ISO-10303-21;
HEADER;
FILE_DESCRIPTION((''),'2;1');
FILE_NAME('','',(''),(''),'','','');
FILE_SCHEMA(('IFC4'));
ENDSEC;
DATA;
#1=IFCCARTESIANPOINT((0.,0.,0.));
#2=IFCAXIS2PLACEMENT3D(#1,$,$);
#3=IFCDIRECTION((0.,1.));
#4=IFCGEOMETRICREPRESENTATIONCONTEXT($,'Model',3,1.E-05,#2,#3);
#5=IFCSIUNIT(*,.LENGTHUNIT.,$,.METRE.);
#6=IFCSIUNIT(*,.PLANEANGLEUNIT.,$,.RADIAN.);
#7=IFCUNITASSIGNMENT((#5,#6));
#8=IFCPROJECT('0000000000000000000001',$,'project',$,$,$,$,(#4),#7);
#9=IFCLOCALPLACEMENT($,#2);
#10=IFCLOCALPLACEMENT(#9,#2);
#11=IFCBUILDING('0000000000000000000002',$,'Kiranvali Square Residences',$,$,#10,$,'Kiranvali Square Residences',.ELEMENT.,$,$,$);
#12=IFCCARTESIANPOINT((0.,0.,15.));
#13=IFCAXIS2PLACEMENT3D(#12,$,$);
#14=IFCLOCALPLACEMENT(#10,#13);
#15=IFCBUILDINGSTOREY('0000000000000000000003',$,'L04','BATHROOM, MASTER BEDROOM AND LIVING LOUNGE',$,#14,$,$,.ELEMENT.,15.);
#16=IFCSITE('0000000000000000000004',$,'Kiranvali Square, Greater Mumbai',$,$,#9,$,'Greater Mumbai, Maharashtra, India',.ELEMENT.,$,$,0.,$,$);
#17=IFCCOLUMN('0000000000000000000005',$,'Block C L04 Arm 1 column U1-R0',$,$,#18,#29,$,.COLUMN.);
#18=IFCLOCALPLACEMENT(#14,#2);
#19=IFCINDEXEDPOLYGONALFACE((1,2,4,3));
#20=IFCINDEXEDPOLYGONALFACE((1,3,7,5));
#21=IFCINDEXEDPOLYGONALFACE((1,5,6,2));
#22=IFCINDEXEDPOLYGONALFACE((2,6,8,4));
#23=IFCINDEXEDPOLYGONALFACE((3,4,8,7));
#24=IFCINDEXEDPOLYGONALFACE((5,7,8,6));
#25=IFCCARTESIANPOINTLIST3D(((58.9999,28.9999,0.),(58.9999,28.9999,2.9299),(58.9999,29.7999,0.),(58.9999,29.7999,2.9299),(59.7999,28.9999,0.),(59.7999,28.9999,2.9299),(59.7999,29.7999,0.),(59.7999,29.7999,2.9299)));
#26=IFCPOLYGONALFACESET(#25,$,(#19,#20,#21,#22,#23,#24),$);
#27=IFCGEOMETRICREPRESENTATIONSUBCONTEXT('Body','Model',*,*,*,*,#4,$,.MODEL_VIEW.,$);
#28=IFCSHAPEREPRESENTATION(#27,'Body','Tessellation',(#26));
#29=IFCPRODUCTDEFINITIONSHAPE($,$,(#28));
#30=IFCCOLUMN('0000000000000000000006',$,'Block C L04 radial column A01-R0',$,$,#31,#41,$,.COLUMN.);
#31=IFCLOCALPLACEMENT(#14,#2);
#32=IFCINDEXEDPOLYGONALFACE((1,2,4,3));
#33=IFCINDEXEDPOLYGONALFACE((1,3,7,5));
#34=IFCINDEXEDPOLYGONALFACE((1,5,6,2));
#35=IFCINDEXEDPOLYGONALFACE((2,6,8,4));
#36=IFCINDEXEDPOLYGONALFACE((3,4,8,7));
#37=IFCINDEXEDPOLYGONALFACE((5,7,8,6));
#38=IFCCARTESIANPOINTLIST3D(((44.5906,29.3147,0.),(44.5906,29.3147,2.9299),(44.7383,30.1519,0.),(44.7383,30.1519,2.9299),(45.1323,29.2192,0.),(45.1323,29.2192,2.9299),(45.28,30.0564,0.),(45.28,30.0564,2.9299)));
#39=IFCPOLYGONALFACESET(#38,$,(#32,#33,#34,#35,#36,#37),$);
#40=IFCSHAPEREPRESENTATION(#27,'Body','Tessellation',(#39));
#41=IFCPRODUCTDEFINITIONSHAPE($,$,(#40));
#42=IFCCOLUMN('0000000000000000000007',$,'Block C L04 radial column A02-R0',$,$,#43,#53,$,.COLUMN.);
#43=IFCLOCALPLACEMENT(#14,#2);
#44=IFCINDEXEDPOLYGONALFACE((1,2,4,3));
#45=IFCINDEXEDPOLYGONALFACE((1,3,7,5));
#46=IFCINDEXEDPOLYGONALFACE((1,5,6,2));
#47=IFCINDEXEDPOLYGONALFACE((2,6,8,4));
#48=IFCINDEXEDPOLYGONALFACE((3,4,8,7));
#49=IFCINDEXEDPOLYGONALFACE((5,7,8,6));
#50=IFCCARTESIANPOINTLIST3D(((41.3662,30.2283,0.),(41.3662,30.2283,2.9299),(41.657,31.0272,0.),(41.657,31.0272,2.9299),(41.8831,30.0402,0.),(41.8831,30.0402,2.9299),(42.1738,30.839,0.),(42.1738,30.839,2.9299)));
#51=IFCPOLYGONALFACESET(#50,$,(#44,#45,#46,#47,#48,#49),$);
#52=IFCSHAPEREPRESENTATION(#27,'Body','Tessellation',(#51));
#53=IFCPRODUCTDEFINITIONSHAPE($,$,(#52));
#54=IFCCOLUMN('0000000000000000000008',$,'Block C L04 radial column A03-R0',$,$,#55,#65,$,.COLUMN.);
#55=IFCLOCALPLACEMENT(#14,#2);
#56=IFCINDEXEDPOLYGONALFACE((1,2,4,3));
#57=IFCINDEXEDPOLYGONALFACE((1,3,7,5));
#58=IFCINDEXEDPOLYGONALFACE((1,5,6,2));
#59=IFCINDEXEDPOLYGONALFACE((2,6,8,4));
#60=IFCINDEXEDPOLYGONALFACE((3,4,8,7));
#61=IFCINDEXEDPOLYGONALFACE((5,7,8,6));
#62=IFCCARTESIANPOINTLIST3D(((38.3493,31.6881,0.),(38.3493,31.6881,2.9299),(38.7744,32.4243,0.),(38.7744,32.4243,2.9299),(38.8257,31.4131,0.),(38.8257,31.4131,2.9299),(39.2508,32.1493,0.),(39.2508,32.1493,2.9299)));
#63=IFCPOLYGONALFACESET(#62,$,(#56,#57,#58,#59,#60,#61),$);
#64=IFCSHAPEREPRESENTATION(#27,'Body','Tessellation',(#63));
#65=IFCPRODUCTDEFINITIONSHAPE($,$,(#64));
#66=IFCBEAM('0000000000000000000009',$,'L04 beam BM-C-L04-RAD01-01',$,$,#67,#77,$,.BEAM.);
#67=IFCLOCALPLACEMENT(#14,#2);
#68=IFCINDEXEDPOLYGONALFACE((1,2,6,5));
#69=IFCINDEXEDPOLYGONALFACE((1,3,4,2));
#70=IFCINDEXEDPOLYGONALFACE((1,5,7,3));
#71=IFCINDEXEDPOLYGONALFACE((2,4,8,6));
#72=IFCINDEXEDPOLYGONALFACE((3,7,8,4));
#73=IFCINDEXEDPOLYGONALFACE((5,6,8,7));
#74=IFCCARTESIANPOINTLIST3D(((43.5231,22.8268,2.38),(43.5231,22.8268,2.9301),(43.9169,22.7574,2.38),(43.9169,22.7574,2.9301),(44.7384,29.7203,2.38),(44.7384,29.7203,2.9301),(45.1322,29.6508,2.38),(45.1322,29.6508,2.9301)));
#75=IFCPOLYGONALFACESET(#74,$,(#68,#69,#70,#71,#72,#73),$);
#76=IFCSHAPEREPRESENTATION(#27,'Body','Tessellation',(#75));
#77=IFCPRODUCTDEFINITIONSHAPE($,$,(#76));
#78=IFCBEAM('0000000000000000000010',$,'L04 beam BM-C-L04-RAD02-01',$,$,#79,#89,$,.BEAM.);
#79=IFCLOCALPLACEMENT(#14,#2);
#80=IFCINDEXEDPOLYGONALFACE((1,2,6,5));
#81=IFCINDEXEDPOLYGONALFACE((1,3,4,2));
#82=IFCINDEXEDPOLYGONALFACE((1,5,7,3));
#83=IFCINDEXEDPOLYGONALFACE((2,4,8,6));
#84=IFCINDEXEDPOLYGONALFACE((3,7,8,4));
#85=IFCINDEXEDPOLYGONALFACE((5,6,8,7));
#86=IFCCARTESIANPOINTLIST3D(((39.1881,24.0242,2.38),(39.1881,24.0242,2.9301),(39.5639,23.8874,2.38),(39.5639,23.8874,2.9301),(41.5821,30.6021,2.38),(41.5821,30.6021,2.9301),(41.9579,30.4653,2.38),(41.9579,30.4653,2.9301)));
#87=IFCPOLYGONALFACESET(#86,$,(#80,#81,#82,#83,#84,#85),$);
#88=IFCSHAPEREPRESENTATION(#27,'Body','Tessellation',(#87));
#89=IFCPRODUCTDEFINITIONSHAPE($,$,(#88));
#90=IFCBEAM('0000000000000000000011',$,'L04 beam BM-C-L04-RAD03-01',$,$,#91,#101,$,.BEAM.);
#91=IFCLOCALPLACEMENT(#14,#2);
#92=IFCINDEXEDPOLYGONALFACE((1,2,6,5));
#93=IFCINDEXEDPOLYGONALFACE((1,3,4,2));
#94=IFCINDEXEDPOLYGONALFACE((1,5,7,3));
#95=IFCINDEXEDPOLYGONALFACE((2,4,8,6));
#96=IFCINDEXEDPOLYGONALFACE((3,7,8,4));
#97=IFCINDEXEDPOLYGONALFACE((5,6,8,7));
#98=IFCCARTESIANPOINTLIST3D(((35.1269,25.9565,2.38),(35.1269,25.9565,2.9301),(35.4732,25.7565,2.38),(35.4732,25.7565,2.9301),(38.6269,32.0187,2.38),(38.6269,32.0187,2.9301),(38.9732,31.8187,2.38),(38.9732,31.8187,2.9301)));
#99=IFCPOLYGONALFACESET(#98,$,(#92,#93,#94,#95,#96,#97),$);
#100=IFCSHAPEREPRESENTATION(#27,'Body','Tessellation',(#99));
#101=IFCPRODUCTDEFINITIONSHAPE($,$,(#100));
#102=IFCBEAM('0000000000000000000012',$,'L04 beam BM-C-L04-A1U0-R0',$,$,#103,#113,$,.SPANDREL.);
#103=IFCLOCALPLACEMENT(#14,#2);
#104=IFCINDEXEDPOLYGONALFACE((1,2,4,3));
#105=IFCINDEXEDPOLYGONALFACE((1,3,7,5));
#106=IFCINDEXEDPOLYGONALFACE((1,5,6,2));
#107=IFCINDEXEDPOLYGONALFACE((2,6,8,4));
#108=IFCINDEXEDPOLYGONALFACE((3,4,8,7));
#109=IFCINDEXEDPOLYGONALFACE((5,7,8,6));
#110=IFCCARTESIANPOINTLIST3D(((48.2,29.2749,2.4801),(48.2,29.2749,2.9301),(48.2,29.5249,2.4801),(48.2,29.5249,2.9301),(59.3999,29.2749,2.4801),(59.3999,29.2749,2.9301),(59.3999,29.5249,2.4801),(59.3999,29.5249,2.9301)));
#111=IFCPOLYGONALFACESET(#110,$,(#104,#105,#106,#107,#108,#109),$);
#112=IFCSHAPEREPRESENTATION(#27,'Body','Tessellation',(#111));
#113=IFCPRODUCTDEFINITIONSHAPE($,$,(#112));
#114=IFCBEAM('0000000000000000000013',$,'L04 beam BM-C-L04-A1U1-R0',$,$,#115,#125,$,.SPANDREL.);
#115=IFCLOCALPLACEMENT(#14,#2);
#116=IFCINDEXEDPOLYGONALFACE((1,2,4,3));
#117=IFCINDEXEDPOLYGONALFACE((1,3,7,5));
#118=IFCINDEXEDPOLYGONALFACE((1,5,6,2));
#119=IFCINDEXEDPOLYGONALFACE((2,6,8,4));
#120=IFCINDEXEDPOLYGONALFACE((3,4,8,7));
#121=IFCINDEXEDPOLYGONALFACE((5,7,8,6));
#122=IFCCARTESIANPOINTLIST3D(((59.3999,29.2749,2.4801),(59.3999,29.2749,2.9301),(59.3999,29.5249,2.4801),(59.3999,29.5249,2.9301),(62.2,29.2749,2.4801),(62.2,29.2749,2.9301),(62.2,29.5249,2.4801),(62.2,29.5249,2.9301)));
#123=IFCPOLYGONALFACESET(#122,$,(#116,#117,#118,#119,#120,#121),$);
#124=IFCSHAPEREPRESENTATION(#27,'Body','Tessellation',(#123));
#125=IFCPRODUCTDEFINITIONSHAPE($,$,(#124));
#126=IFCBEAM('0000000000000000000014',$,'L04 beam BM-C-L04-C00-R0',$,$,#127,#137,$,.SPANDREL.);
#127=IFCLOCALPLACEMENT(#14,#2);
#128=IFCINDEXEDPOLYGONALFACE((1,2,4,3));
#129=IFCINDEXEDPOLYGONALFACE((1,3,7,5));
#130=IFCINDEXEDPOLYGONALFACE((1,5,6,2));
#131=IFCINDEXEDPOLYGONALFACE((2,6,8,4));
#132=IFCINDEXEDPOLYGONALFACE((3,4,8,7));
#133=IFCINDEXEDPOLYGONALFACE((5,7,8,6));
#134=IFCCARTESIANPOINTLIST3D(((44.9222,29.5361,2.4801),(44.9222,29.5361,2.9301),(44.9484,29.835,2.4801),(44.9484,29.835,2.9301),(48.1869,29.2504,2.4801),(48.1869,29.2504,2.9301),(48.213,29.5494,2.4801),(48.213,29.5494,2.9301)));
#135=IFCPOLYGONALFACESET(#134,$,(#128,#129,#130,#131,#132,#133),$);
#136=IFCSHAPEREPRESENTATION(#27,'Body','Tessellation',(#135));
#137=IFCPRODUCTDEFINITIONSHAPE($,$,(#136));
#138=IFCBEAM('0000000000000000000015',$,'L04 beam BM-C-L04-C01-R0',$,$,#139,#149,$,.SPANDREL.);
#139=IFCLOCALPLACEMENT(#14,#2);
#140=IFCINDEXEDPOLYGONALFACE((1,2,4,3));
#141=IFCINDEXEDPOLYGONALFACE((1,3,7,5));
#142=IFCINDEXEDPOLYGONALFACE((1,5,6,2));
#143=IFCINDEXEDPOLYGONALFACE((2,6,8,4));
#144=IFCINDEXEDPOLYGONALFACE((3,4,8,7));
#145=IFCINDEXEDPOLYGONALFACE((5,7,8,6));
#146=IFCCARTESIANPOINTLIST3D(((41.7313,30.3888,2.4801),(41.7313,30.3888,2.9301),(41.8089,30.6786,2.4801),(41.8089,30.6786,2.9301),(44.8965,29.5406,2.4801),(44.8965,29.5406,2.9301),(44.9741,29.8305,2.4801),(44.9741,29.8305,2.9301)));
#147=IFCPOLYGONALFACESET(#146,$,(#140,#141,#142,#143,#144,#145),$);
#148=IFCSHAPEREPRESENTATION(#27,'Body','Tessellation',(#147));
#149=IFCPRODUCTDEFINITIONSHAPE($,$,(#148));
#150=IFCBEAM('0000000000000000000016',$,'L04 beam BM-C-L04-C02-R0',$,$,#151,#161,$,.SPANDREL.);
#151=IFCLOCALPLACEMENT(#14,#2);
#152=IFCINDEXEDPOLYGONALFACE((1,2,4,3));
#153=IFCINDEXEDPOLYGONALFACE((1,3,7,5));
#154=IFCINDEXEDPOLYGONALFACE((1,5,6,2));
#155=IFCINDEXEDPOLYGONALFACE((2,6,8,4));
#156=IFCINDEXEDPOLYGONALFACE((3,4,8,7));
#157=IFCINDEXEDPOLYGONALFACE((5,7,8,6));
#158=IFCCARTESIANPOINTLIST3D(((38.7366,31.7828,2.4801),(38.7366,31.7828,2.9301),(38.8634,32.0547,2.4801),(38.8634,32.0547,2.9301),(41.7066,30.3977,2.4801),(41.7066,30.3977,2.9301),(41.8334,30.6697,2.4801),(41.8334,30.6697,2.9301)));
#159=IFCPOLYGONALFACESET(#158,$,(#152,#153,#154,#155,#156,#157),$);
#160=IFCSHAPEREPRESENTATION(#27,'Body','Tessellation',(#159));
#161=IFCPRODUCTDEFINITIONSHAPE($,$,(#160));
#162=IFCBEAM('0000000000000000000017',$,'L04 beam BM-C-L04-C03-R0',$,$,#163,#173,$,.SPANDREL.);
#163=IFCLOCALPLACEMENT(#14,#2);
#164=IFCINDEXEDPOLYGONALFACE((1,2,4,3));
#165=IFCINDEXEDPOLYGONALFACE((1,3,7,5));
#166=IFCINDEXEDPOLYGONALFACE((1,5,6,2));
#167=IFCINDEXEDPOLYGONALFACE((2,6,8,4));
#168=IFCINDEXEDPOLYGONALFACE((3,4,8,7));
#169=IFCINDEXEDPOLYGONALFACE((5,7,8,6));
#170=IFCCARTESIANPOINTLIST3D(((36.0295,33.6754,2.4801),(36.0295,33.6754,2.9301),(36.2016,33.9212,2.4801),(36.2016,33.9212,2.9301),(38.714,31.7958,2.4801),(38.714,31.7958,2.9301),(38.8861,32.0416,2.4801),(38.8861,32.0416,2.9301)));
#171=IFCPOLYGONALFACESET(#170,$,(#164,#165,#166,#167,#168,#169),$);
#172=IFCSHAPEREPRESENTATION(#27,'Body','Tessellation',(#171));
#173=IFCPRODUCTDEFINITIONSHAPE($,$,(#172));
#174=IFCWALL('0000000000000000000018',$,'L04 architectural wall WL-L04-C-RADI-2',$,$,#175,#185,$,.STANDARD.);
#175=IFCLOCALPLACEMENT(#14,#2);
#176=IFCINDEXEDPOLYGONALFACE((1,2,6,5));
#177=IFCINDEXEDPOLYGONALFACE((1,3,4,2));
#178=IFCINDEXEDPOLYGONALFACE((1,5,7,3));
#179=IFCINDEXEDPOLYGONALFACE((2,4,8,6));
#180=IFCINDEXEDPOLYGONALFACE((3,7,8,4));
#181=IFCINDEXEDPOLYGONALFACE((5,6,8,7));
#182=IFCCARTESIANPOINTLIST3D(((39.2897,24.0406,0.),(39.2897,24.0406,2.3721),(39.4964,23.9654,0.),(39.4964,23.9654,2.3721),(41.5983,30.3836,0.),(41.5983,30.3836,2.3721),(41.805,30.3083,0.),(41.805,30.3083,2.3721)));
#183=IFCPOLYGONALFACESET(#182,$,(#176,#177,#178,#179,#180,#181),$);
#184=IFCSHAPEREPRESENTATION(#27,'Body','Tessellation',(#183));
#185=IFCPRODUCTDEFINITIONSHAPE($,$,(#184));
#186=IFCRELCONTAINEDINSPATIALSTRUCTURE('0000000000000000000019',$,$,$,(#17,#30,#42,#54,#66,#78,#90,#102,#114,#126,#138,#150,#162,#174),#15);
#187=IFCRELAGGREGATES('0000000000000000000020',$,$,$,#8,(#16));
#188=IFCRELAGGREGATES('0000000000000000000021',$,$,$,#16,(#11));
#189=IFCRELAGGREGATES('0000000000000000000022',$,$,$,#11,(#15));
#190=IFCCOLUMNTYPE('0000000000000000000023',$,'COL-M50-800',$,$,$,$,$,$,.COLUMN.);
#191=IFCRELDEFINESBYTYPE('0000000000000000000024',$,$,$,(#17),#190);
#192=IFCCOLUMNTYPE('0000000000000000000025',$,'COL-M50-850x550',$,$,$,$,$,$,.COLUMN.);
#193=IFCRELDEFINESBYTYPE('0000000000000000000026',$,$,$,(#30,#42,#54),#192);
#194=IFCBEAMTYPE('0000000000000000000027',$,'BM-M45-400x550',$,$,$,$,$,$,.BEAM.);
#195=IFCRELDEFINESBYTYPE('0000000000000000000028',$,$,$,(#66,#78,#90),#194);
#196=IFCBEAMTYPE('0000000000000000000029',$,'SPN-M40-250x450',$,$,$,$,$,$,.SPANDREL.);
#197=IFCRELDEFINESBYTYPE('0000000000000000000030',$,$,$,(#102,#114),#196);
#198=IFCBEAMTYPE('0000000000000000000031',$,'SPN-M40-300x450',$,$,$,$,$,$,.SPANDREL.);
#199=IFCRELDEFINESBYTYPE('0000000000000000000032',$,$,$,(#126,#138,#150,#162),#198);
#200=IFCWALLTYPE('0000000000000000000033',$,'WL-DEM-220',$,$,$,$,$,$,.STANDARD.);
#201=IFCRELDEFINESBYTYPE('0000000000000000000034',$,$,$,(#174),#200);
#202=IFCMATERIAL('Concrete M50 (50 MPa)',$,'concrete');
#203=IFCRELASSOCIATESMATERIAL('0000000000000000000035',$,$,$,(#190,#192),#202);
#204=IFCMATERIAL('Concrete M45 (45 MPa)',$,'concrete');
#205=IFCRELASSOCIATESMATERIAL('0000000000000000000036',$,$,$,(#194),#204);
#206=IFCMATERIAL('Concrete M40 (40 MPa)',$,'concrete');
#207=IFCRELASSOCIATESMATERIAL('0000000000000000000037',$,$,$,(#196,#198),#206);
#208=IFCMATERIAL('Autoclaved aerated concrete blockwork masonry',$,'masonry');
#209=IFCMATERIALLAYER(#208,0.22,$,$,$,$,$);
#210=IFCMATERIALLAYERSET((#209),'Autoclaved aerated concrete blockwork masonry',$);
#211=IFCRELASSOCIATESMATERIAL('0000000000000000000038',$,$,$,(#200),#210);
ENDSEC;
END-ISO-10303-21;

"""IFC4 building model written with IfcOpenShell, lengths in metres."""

from ifc_helpers import new_model, si_unit, direction, frame, frame_2d, origin, origin_2d, place, context, subcontext, project, spatial, rectangle, extrude, material, layer, layer_set, material_profile, profile_set, type_object, element, save


model = new_model("IFC4")

# Units and contexts
model_context = context("Model", 3, precision=1e-05, world=origin(), true_north=direction((0.0, 1.0)))
body_context = subcontext(model_context, "Body", "Model", "MODEL_VIEW")
ifc_project = project(units=[si_unit("LENGTHUNIT", "METRE"), si_unit("PLANEANGLEUNIT", "RADIAN")], contexts=[model_context])

# Site, building, storey
site_placement = place(None, origin())
site = spatial("IfcSite", under=ifc_project, at=site_placement, Name="Kiranvali Square, Greater Mumbai", LongName="Greater Mumbai, Maharashtra, India", CompositionType="ELEMENT", RefElevation=0.0)
building_placement = place(site_placement, origin())
building = spatial("IfcBuilding", under=site, at=building_placement, Name="Kiranvali Square Residences", LongName="Kiranvali Square Residences", CompositionType="ELEMENT")
storey_placement = place(building_placement, frame((0.0, 0.0, 15.0)))
storey = spatial("IfcBuildingStorey", under=building, at=storey_placement, Name="L04", Description="BATHROOM, MASTER BEDROOM AND LIVING LOUNGE", CompositionType="ELEMENT", Elevation=15.0)

# Columns
ifc_material_1 = material(Name="Concrete M50 (50 MPa)", Category="concrete")
ifc_material_profile_1 = material_profile(ifc_material_1, rectangle(XDim=0.8, YDim=0.8, at=origin_2d()), Name="RC 800x800")
ifc_profile_set_1 = profile_set([ifc_material_profile_1], Name="Concrete M50 (50 MPa)")
column_type_1 = type_object("IfcColumnType", Name="COL-M50-800", PredefinedType="COLUMN", material=ifc_profile_set_1)
column_placement = place(storey_placement, frame((59.3999, 29.3999, 0.0), z_axis=(0.0, 0.0, 1.0), x_axis=(1.0, 0.0, 0.0)))
element("IfcColumn", 1, at=column_placement, inside=storey, type_object=column_type_1, Name="Block C L04 Arm 1 column U1-R0", PredefinedType="COLUMN", context=body_context, shape_type="SweptSolid", body=[
    extrude(rectangle(XDim=0.8, YDim=0.8, at=origin_2d()), origin(), (0.0, 0.0, 1.0), 2.9299),
])
ifc_material_profile_2 = material_profile(ifc_material_1, rectangle(XDim=0.55, YDim=0.8501, at=origin_2d()), Name="RC 850x550")
ifc_profile_set_2 = profile_set([ifc_material_profile_2], Name="Concrete M50 (50 MPa)")
column_type_2 = type_object("IfcColumnType", Name="COL-M50-850x550", PredefinedType="COLUMN", material=ifc_profile_set_2)
for number, where, z_axis, x_axis, name in (
    (2, (44.9353, 29.6855, 0.0), (0.0, 0.0, 1.0), (-0.984808, 0.173648, 0.0), "Block C L04 radial column A01-R0"),
    (3, (41.77, 30.5337, 0.0), (0.0, 0.0, 1.0), (-0.939693, 0.34202, 0.0), "Block C L04 radial column A02-R0"),
    (4, (38.8, 31.9187, 0.0), (0.0, 0.0, 1.0), (-0.866025, 0.5, 0.0), "Block C L04 radial column A03-R0"),
):
    element("IfcColumn", number, at=place(storey_placement, frame(where, z_axis=z_axis, x_axis=x_axis)), inside=storey, type_object=column_type_2, Name=name, PredefinedType="COLUMN", context=body_context, shape_type="SweptSolid", body=[
        extrude(rectangle(XDim=0.55, YDim=0.8501, at=origin_2d()), origin(), (0.0, 0.0, 1.0), 2.9299),
    ])

# Beams
ifc_material_2 = material(Name="Concrete M45 (45 MPa)", Category="concrete")
ifc_material_profile_3 = material_profile(ifc_material_2, rectangle(XDim=0.3999, YDim=0.55, at=origin_2d()), Name="RC 400x550")
ifc_profile_set_3 = profile_set([ifc_material_profile_3], Name="Concrete M45 (45 MPa)")
beam_type_1 = type_object("IfcBeamType", Name="BM-M45-400x550", PredefinedType="BEAM", material=ifc_profile_set_3)
beam_1_placement = place(storey_placement, frame((44.9353, 29.6855, 2.655), z_axis=(-0.173622, -0.984812, 0.0), x_axis=(0.984812, -0.173622, 0.0)))
element("IfcBeam", 5, at=beam_1_placement, inside=storey, type_object=beam_type_1, Name="L04 beam BM-C-L04-RAD01-01", PredefinedType="BEAM", context=body_context, shape_type="SweptSolid", body=[
    extrude(rectangle(XDim=0.3999, YDim=0.55, at=origin_2d()), origin(), (0.0, 0.0, 1.0), 6.9998),
])
for number, where, z_axis, x_axis, name in (
    (6, (41.77, 30.5337, 2.655), (-0.342006, -0.939698, 0.0), (0.939698, -0.342006, 0.0), "L04 beam BM-C-L04-RAD02-01"),
    (7, (38.8, 31.9187, 2.655), (-0.499995, -0.866028, 0.0), (0.866028, -0.499995, 0.0), "L04 beam BM-C-L04-RAD03-01"),
):
    element("IfcBeam", number, at=place(storey_placement, frame(where, z_axis=z_axis, x_axis=x_axis)), inside=storey, type_object=beam_type_1, Name=name, PredefinedType="BEAM", context=body_context, shape_type="SweptSolid", body=[
        extrude(rectangle(XDim=0.3999, YDim=0.55, at=origin_2d()), origin(), (0.0, 0.0, 1.0), 7.0),
    ])
ifc_material_3 = material(Name="Concrete M40 (40 MPa)", Category="concrete")
ifc_material_profile_4 = material_profile(ifc_material_3, rectangle(XDim=0.25, YDim=0.45, at=origin_2d()), Name="RC 250x450")
ifc_profile_set_4 = profile_set([ifc_material_profile_4], Name="Concrete M40 (40 MPa)")
beam_type_2 = type_object("IfcBeamType", Name="SPN-M40-250x450", PredefinedType="SPANDREL", material=ifc_profile_set_4)
beam_2_placement = place(storey_placement, frame((48.2, 29.3999, 2.7051), z_axis=(1.0, 0.0, 0.0), x_axis=(0.0, 1.0, 0.0)))
element("IfcBeam", 8, at=beam_2_placement, inside=storey, type_object=beam_type_2, Name="L04 beam BM-C-L04-A1U0-R0", PredefinedType="SPANDREL", context=body_context, shape_type="SweptSolid", body=[
    extrude(rectangle(XDim=0.25, YDim=0.45, at=origin_2d()), origin(), (0.0, 0.0, 1.0), 11.2),
])
beam_3_placement = place(storey_placement, frame((59.3999, 29.3999, 2.7051), z_axis=(1.0, 0.0, 0.0), x_axis=(0.0, 1.0, 0.0)))
element("IfcBeam", 9, at=beam_3_placement, inside=storey, type_object=beam_type_2, Name="L04 beam BM-C-L04-A1U1-R0", PredefinedType="SPANDREL", context=body_context, shape_type="SweptSolid", body=[
    extrude(rectangle(XDim=0.25, YDim=0.45, at=origin_2d()), origin(), (0.0, 0.0, 1.0), 2.8),
])
ifc_material_profile_5 = material_profile(ifc_material_3, rectangle(XDim=0.3, YDim=0.45, at=origin_2d()), Name="RC 300x450")
ifc_profile_set_5 = profile_set([ifc_material_profile_5], Name="Concrete M40 (40 MPa)")
beam_type_3 = type_object("IfcBeamType", Name="SPN-M40-300x450", PredefinedType="SPANDREL", material=ifc_profile_set_5)
beam_4_placement = place(storey_placement, frame((48.2, 29.3999, 2.7051), z_axis=(-0.996194, 0.087163, 0.0), x_axis=(-0.087163, -0.996194, 0.0)))
element("IfcBeam", 10, at=beam_4_placement, inside=storey, type_object=beam_type_3, Name="L04 beam BM-C-L04-C00-R0", PredefinedType="SPANDREL", context=body_context, shape_type="SweptSolid", body=[
    extrude(rectangle(XDim=0.3, YDim=0.45, at=origin_2d()), origin(), (0.0, 0.0, 1.0), 3.2771),
])
beam_5_placement = place(storey_placement, frame((44.9353, 29.6855, 2.7051), z_axis=(-0.965925, 0.258822, 0.0), x_axis=(-0.258822, -0.965925, 0.0)))
element("IfcBeam", 11, at=beam_5_placement, inside=storey, type_object=beam_type_3, Name="L04 beam BM-C-L04-C01-R0", PredefinedType="SPANDREL", context=body_context, shape_type="SweptSolid", body=[
    extrude(rectangle(XDim=0.3, YDim=0.45, at=origin_2d()), origin(), (0.0, 0.0, 1.0), 3.2769),
])
for number, where, z_axis, x_axis, name in (
    (12, (41.77, 30.5337, 2.7051), (-0.906297, 0.422641, 0.0), (-0.422641, -0.906297, 0.0), "L04 beam BM-C-L04-C02-R0"),
    (13, (38.8, 31.9187, 2.7051), (-0.819169, 0.573552, 0.0), (-0.573552, -0.819169, 0.0), "L04 beam BM-C-L04-C03-R0"),
):
    element("IfcBeam", number, at=place(storey_placement, frame(where, z_axis=z_axis, x_axis=x_axis)), inside=storey, type_object=beam_type_3, Name=name, PredefinedType="SPANDREL", context=body_context, shape_type="SweptSolid", body=[
        extrude(rectangle(XDim=0.3, YDim=0.45, at=origin_2d()), origin(), (0.0, 0.0, 1.0), 3.2771),
    ])

# Wall
ifc_material_4 = material(Name="Autoclaved aerated concrete blockwork masonry", Category="masonry")
ifc_layer_1 = layer(ifc_material_4, 0.22)
ifc_layer_set_1 = layer_set([ifc_layer_1], Name="Autoclaved aerated concrete blockwork masonry")
wall_type_1 = type_object("IfcWallType", Name="WL-DEM-220", PredefinedType="STANDARD", material=ifc_layer_set_1)
wall_1_placement = place(storey_placement, frame((41.7017, 30.3459, 0.0), z_axis=(0.0, 0.0, 1.0), x_axis=(-0.34201, -0.939696, 0.0)))
element("IfcWall", 14, at=wall_1_placement, inside=storey, type_object=wall_type_1, Name="L04 architectural wall WL-L04-C-RADI-2", PredefinedType="STANDARD", context=body_context, shape_type="SweptSolid", body=[
    extrude(rectangle(XDim=6.75, YDim=0.22, at=frame_2d((3.375, 0.0))), origin(), (0.0, 0.0, 1.0), 2.3721),
])

save(model, "model.ifc")
